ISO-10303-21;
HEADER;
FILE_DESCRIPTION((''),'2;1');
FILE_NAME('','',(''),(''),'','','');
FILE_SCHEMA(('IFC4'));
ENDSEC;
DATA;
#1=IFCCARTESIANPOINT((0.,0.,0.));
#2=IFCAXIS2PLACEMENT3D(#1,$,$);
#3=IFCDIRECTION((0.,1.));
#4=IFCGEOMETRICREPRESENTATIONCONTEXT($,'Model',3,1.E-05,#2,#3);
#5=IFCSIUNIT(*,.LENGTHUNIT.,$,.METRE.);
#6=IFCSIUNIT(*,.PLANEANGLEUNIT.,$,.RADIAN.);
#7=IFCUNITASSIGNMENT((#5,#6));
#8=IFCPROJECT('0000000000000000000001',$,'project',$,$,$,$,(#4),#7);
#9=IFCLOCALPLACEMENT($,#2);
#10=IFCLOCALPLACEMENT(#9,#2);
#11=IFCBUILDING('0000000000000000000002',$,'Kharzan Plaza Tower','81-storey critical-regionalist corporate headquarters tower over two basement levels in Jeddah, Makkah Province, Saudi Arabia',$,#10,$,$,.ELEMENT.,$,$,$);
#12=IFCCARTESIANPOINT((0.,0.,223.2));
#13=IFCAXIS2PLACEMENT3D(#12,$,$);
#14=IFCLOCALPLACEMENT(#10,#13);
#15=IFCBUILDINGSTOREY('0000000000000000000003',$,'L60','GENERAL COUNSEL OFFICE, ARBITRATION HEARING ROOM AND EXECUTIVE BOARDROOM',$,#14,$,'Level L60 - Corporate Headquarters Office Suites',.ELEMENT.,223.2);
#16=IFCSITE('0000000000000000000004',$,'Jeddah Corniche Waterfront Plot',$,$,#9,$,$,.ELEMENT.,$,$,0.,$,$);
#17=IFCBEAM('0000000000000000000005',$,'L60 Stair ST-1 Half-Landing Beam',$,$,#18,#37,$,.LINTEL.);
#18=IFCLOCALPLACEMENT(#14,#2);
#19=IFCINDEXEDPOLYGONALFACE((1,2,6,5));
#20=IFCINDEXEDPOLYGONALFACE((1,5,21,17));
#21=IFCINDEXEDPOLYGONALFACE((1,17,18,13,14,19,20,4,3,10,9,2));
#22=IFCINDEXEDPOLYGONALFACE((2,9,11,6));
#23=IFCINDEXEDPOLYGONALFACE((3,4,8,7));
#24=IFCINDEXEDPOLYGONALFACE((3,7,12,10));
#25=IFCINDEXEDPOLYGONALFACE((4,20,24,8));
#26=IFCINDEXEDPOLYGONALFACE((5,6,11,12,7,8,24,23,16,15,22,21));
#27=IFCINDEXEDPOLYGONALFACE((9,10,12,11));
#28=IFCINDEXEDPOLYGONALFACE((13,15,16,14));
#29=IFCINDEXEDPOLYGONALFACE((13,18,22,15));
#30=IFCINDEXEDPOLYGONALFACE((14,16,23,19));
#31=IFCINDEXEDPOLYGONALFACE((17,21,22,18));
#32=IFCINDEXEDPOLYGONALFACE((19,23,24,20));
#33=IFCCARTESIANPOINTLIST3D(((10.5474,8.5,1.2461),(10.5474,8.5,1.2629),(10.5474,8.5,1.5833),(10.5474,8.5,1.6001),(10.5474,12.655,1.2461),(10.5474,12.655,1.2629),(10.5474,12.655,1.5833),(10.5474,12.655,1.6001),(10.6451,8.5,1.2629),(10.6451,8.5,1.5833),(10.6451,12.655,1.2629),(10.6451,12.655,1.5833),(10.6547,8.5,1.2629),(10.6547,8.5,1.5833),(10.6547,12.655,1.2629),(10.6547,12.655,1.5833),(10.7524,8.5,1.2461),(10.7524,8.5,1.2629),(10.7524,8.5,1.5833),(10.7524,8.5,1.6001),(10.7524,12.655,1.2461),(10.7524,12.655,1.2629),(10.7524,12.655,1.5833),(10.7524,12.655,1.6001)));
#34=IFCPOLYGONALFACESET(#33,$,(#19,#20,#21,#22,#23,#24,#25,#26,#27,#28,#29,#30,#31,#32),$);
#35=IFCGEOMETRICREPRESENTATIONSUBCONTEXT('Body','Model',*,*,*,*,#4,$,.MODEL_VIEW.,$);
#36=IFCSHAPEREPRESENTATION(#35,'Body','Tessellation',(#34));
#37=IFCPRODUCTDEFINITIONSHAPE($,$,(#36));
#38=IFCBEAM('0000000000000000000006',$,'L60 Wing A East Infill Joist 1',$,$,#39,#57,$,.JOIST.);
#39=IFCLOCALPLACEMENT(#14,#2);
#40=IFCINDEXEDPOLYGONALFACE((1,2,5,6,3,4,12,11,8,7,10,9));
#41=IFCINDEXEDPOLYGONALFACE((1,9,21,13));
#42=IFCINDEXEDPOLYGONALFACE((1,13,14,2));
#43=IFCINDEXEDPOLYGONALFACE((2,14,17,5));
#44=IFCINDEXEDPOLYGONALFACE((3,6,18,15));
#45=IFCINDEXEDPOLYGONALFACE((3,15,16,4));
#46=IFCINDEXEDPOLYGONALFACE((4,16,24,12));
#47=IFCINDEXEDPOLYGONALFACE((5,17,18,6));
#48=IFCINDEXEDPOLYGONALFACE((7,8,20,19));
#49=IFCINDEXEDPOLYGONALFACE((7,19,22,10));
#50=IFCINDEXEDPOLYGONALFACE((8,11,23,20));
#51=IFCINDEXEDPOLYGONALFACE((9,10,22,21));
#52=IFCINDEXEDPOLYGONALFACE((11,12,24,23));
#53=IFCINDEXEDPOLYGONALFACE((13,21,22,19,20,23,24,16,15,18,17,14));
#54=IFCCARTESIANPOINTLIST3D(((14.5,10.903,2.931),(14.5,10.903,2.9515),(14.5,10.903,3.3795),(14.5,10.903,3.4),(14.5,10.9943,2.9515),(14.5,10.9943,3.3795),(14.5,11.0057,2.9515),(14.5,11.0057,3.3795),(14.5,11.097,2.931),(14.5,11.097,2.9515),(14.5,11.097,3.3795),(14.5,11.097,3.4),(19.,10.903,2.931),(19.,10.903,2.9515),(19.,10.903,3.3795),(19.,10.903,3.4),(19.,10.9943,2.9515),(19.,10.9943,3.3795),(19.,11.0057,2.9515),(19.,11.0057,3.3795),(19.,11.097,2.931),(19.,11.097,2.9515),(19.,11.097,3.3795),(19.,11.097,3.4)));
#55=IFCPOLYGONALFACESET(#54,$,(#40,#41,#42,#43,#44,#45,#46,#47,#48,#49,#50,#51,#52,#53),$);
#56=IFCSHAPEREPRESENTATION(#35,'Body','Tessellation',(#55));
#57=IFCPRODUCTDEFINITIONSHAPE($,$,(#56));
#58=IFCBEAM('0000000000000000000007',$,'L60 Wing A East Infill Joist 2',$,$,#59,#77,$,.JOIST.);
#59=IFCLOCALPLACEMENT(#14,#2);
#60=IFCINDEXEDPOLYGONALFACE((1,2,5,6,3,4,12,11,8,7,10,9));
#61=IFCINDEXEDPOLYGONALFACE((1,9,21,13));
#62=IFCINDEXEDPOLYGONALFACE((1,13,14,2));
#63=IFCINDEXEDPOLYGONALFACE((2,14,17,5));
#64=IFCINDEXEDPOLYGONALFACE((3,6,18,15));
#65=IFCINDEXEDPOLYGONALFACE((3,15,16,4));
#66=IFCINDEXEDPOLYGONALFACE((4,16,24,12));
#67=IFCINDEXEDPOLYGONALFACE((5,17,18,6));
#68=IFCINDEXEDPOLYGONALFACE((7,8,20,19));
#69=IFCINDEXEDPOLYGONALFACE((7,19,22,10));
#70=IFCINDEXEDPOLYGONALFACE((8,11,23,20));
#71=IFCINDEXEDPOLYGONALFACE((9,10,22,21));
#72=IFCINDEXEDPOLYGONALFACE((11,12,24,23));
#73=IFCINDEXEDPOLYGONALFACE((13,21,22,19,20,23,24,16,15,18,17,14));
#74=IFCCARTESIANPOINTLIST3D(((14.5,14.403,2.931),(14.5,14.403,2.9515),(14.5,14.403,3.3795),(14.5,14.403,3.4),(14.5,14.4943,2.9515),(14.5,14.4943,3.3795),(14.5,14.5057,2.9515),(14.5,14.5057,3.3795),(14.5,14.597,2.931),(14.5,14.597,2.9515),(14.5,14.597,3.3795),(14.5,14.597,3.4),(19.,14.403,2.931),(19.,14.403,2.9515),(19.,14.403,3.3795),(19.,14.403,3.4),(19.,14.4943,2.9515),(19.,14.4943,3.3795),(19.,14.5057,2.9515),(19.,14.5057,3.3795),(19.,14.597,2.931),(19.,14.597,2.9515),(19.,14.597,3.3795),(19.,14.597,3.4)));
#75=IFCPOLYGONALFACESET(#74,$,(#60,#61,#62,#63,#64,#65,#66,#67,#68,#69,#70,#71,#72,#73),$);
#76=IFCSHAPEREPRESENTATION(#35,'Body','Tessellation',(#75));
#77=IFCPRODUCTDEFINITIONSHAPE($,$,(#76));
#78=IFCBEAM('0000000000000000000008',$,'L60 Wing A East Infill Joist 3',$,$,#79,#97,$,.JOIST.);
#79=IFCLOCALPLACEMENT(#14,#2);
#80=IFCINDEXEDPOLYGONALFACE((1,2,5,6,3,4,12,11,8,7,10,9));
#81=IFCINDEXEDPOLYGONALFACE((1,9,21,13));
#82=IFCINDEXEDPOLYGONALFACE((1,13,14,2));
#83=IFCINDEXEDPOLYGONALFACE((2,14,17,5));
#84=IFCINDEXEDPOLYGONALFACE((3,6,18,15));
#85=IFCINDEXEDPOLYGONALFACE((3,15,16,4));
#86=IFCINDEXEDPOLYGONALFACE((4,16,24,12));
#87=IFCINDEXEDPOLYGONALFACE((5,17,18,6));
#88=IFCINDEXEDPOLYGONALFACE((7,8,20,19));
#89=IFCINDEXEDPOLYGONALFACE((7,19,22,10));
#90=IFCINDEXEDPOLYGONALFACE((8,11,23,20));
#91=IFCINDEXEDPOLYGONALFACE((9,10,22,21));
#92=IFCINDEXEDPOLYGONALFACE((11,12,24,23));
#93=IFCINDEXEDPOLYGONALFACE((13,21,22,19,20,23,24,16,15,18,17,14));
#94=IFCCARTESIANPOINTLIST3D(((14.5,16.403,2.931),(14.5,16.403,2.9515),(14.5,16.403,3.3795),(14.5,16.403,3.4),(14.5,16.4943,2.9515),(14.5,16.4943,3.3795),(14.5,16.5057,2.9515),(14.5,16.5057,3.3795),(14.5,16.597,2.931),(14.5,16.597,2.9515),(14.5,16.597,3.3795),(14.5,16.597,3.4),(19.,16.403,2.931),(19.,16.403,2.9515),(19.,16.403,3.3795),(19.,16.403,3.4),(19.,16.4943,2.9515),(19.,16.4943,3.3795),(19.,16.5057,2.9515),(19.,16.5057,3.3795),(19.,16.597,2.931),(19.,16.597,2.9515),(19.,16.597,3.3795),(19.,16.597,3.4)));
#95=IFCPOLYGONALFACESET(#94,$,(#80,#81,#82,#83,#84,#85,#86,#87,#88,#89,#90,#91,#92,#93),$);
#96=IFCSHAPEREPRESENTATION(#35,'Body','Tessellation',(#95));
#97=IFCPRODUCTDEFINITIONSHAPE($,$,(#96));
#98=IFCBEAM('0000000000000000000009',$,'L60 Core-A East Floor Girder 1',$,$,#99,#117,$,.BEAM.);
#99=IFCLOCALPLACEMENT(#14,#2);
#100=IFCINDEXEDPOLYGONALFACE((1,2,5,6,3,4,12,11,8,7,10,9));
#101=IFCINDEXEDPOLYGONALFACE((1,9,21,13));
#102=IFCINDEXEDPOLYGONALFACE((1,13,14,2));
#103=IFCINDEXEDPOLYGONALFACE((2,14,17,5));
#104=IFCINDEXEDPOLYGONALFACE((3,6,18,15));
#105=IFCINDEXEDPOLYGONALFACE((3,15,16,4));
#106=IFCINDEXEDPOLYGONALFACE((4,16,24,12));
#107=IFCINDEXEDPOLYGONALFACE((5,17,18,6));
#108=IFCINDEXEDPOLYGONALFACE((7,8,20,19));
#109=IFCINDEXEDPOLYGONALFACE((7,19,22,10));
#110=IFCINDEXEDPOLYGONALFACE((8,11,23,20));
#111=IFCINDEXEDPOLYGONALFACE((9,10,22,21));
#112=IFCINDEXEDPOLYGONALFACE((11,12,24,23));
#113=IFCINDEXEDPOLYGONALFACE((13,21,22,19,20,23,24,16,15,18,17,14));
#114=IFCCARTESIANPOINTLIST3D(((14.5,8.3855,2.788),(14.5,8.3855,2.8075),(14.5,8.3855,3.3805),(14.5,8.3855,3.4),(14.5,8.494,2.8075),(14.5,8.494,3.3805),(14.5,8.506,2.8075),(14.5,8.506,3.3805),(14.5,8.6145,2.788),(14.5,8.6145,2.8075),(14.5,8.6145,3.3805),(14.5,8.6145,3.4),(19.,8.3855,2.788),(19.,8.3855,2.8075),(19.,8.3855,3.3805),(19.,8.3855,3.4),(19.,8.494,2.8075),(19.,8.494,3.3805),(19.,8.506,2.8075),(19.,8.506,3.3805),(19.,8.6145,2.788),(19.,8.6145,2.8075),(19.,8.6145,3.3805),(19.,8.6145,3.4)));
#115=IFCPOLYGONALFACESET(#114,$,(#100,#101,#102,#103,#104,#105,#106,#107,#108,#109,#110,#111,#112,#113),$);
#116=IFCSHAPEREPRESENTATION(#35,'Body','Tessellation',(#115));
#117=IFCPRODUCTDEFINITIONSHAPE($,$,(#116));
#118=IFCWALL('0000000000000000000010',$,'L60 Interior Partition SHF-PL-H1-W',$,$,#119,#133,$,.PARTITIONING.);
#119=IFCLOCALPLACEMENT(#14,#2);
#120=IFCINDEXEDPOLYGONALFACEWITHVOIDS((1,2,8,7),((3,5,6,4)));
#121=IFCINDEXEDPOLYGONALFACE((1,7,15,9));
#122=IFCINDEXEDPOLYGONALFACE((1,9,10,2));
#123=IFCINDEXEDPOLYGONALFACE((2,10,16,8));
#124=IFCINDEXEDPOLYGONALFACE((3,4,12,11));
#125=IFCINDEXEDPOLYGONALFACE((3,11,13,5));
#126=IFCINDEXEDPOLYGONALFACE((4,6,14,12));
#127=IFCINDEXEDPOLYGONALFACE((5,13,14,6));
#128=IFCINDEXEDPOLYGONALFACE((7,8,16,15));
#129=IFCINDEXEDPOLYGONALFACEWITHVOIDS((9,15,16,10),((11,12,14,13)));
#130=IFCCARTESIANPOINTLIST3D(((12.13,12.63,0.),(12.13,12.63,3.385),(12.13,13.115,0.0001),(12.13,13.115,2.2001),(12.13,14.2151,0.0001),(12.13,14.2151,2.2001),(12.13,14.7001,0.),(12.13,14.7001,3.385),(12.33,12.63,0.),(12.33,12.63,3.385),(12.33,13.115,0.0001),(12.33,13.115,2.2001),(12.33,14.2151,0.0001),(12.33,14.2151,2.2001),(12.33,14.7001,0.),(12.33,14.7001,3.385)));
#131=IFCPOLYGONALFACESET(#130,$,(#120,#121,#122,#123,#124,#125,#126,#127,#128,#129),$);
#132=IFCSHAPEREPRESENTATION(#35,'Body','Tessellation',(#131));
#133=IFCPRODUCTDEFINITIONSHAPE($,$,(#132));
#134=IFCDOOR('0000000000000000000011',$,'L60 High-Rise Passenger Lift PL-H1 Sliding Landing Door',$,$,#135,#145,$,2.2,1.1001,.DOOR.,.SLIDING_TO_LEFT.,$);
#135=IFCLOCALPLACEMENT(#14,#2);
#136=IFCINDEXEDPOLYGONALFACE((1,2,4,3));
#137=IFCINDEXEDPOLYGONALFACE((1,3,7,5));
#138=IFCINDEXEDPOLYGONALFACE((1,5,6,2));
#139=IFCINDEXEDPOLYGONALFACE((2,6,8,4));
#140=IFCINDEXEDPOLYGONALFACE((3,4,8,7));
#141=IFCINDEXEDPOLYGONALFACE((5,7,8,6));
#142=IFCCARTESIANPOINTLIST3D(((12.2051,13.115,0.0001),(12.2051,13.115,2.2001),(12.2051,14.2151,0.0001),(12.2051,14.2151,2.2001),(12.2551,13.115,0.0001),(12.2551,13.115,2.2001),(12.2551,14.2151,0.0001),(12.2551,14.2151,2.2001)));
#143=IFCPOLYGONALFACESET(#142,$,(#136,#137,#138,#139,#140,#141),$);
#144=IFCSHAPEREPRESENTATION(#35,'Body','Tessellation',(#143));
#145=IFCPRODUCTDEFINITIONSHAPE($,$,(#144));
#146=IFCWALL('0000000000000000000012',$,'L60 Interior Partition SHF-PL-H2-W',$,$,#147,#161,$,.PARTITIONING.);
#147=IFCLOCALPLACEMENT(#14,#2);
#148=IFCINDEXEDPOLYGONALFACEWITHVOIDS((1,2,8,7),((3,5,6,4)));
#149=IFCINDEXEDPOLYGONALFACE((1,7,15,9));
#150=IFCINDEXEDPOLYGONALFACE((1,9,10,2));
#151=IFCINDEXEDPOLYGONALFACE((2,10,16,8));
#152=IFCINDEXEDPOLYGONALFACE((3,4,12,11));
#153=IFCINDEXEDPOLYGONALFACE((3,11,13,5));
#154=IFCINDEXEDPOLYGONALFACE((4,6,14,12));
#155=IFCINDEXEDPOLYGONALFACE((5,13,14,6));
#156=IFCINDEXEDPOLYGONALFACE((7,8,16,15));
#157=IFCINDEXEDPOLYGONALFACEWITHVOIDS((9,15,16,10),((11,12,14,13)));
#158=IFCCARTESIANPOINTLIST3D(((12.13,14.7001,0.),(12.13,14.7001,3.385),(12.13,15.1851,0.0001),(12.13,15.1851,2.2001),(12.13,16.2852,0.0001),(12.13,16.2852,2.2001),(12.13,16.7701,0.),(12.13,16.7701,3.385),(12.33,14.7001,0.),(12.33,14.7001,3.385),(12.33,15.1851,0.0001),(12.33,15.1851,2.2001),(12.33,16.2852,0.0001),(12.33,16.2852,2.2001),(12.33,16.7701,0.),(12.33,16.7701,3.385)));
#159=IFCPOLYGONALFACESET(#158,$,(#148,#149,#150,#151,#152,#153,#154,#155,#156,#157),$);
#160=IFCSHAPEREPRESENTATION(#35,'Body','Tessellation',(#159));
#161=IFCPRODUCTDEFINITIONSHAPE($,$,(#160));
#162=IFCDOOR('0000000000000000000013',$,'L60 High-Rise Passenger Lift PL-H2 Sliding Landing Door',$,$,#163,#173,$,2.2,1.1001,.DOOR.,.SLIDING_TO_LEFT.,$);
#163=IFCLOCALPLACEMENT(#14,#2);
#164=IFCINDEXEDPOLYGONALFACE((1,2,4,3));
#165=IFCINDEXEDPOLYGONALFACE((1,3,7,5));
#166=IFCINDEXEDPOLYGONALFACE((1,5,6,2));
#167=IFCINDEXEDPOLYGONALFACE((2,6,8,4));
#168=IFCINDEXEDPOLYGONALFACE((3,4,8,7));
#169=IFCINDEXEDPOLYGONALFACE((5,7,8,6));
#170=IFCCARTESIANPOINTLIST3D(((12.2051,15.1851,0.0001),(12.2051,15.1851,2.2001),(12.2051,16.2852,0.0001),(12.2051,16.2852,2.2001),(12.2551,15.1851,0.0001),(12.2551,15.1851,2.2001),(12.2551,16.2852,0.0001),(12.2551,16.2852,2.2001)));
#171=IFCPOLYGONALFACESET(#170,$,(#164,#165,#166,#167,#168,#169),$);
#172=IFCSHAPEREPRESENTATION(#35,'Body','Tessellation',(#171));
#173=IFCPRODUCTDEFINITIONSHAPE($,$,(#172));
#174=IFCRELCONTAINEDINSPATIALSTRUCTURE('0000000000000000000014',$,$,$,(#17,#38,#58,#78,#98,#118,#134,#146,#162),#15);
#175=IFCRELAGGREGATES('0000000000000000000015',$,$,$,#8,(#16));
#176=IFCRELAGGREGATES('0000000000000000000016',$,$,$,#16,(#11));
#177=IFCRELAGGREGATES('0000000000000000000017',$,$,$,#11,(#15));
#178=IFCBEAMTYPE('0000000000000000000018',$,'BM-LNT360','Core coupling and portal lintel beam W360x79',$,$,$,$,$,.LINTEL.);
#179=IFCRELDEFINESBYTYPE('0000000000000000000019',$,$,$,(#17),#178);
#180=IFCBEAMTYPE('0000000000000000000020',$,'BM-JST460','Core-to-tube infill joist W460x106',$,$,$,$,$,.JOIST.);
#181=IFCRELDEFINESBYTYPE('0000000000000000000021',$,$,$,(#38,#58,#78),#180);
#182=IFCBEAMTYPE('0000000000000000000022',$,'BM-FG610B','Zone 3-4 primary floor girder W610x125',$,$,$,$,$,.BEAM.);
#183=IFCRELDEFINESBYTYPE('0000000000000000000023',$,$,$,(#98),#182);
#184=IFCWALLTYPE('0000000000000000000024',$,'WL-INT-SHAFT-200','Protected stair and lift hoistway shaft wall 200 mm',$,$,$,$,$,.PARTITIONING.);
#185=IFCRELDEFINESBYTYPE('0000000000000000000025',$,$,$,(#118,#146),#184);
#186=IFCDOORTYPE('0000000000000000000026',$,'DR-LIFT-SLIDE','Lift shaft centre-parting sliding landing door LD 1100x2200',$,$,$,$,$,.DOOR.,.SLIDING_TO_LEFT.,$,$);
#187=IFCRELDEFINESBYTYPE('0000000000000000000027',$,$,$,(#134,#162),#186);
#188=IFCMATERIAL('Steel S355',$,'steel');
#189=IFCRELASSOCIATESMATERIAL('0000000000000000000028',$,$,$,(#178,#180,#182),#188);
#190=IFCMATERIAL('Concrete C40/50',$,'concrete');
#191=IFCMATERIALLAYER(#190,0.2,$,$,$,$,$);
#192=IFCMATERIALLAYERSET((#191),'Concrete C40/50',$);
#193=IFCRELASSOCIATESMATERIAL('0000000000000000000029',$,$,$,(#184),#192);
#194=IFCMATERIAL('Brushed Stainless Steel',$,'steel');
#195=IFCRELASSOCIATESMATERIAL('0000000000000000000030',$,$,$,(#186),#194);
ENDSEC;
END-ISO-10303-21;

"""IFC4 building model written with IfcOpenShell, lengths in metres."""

from ifc_helpers import new_model, si_unit, direction, frame, frame_2d, origin, origin_2d, place, context, subcontext, project, spatial, rectangle, i_section, extrude, source, transform, mapped, material, layer, layer_set, material_profile, profile_set, type_object, element, fill, save


model = new_model("IFC4")

# Units and contexts
model_context = context("Model", 3, precision=1e-05, world=origin(), true_north=direction((0.0, 1.0)))
body_context = subcontext(model_context, "Body", "Model", "MODEL_VIEW")
ifc_project = project(units=[si_unit("LENGTHUNIT", "METRE"), si_unit("PLANEANGLEUNIT", "RADIAN")], contexts=[model_context])

# Site, building, storey
site_placement = place(None, origin())
site = spatial("IfcSite", under=ifc_project, at=site_placement, Name="Jeddah Corniche Waterfront Plot", CompositionType="ELEMENT", RefElevation=0.0)
building_placement = place(site_placement, origin())
building = spatial("IfcBuilding", under=site, at=building_placement, Name="Kharzan Plaza Tower", Description="81-storey critical-regionalist corporate headquarters tower over two basement levels in Jeddah, Makkah Province, Saudi Arabia", CompositionType="ELEMENT")
storey_placement = place(building_placement, frame((0.0, 0.0, 223.2)))
storey = spatial("IfcBuildingStorey", under=building, at=storey_placement, Name="L60", Description="GENERAL COUNSEL OFFICE, ARBITRATION HEARING ROOM AND EXECUTIVE BOARDROOM", LongName="Level L60 - Corporate Headquarters Office Suites", CompositionType="ELEMENT", Elevation=223.2)

# Beams
ifc_material_1 = material(Name="Steel S355", Category="steel")
ifc_material_profile_1 = material_profile(ifc_material_1, i_section(OverallWidth=0.2051, OverallDepth=0.354, WebThickness=0.0095, FlangeThickness=0.0168, at=origin_2d()), Name="W360x79")
ifc_profile_set_1 = profile_set([ifc_material_profile_1], Name="Steel S355")
beam_type_1 = type_object("IfcBeamType", Name="BM-LNT360", Description="Core coupling and portal lintel beam W360x79", PredefinedType="LINTEL", material=ifc_profile_set_1)
shared_shape_1 = source(origin(), body_context, "Body", "SweptSolid", [
    extrude(i_section(OverallWidth=0.2051, OverallDepth=0.354, WebThickness=0.0095, FlangeThickness=0.0168, at=origin_2d()), origin(), (0.0, 0.0, 1.0), 4.155),
])
beam_1_placement = place(storey_placement, frame((10.6499, 8.5, 1.4231), z_axis=(0.0, 1.0, 0.0), x_axis=(-1.0, 0.0, 0.0)))
element("IfcBeam", 1, at=beam_1_placement, inside=storey, type_object=beam_type_1, Name="L60 Stair ST-1 Half-Landing Beam", PredefinedType="LINTEL", context=body_context, shape_type="MappedRepresentation", body=[
    mapped(shared_shape_1, transform((0.0, 0.0, 0.0), x_axis=(1.0, 0.0, 0.0), y_axis=(0.0, 1.0, 0.0), z_axis=(0.0, 0.0, 1.0))),
])
ifc_material_profile_2 = material_profile(ifc_material_1, i_section(OverallWidth=0.1941, OverallDepth=0.469, WebThickness=0.0115, FlangeThickness=0.0205, at=origin_2d()), Name="W460x106")
ifc_profile_set_2 = profile_set([ifc_material_profile_2], Name="Steel S355")
beam_type_2 = type_object("IfcBeamType", Name="BM-JST460", Description="Core-to-tube infill joist W460x106", PredefinedType="JOIST", material=ifc_profile_set_2)
shared_shape_2 = source(origin(), body_context, "Body", "SweptSolid", [
    extrude(i_section(OverallWidth=0.1941, OverallDepth=0.469, WebThickness=0.0115, FlangeThickness=0.0205, at=origin_2d()), origin(), (0.0, 0.0, 1.0), 4.5),
])
for number, where, z_axis, x_axis, name in (
    (2, (14.5, 11.0, 3.1655), (1.0, 0.0, 0.0), (0.0, 1.0, 0.0), "L60 Wing A East Infill Joist 1"),
    (3, (14.5, 14.5, 3.1655), (1.0, 0.0, 0.0), (0.0, 1.0, 0.0), "L60 Wing A East Infill Joist 2"),
    (4, (14.5, 16.5, 3.1655), (1.0, 0.0, 0.0), (0.0, 1.0, 0.0), "L60 Wing A East Infill Joist 3"),
):
    element("IfcBeam", number, at=place(storey_placement, frame(where, z_axis=z_axis, x_axis=x_axis)), inside=storey, type_object=beam_type_2, Name=name, PredefinedType="JOIST", context=body_context, shape_type="MappedRepresentation", body=[
        mapped(shared_shape_2, transform((0.0, 0.0, 0.0), x_axis=(1.0, 0.0, 0.0), y_axis=(0.0, 1.0, 0.0), z_axis=(0.0, 0.0, 1.0))),
    ])
ifc_material_profile_3 = material_profile(ifc_material_1, i_section(OverallWidth=0.229, OverallDepth=0.6121, WebThickness=0.012, FlangeThickness=0.0195, at=origin_2d()), Name="W610x125")
ifc_profile_set_3 = profile_set([ifc_material_profile_3], Name="Steel S355")
beam_type_3 = type_object("IfcBeamType", Name="BM-FG610B", Description="Zone 3-4 primary floor girder W610x125", PredefinedType="BEAM", material=ifc_profile_set_3)
shared_shape_3 = source(origin(), body_context, "Body", "SweptSolid", [
    extrude(i_section(OverallWidth=0.229, OverallDepth=0.6121, WebThickness=0.012, FlangeThickness=0.0195, at=origin_2d()), origin(), (0.0, 0.0, 1.0), 4.5),
])
beam_2_placement = place(storey_placement, frame((14.5, 8.5, 3.094), z_axis=(1.0, 0.0, 0.0), x_axis=(0.0, 1.0, 0.0)))
element("IfcBeam", 5, at=beam_2_placement, inside=storey, type_object=beam_type_3, Name="L60 Core-A East Floor Girder 1", PredefinedType="BEAM", context=body_context, shape_type="MappedRepresentation", body=[
    mapped(shared_shape_3, transform((0.0, 0.0, 0.0), x_axis=(1.0, 0.0, 0.0), y_axis=(0.0, 1.0, 0.0), z_axis=(0.0, 0.0, 1.0))),
])

# Walls, openings, doors
ifc_material_2 = material(Name="Concrete C40/50", Category="concrete")
ifc_layer_1 = layer(ifc_material_2, 0.2)
ifc_layer_set_1 = layer_set([ifc_layer_1], Name="Concrete C40/50")
wall_type_1 = type_object("IfcWallType", Name="WL-INT-SHAFT-200", Description="Protected stair and lift hoistway shaft wall 200 mm", PredefinedType="PARTITIONING", material=ifc_layer_set_1)
wall_1_placement = place(storey_placement, frame((12.23, 12.6299, 0.0), z_axis=(0.0, 0.0, 1.0), x_axis=(0.0, 1.0, 0.0)))
wall_1 = element("IfcWall", 6, at=wall_1_placement, inside=storey, type_object=wall_type_1, Name="L60 Interior Partition SHF-PL-H1-W", PredefinedType="PARTITIONING", context=body_context, shape_type="SweptSolid", body=[
    extrude(rectangle(XDim=2.0701, YDim=0.2, at=frame_2d((1.0352, 0.0))), origin(), (0.0, 0.0, 1.0), 3.385),
])
opening_1_placement = place(wall_1_placement, frame((0.4851, 0.0, 0.0)))
opening_1 = element("IfcOpeningElement", 7, at=opening_1_placement, cuts=wall_1, PredefinedType="OPENING", context=body_context, shape_type="SweptSolid", body=[
    extrude(rectangle(XDim=1.1001, YDim=2.2, at=frame_2d((0.55, 1.1001))), frame((0.0, 0.1099, 0.0), z_axis=(0.0, -1.0, 0.0), x_axis=(1.0, 0.0, 0.0)), (0.0, 0.0, 1.0), 0.22),
])
ifc_material_3 = material(Name="Brushed Stainless Steel", Category="steel")
door_type = type_object("IfcDoorType", Name="DR-LIFT-SLIDE", Description="Lift shaft centre-parting sliding landing door LD 1100x2200", OperationType="SLIDING_TO_LEFT", PredefinedType="DOOR", material=ifc_material_3)
shared_shape_4 = source(origin(), body_context, "Body", "SweptSolid", [
    extrude(rectangle(XDim=1.1001, YDim=2.2, at=frame_2d((0.55, 1.1001))), frame((0.0, 0.0249, 0.0), z_axis=(0.0, -1.0, 0.0), x_axis=(1.0, 0.0, 0.0)), (0.0, 0.0, 1.0), 0.05),
])
door_1_placement = place(opening_1_placement, origin())
door_1 = element("IfcDoor", 8, at=door_1_placement, inside=storey, type_object=door_type, Name="L60 High-Rise Passenger Lift PL-H1 Sliding Landing Door", OperationType="SLIDING_TO_LEFT", OverallHeight=2.2, OverallWidth=1.1001, PredefinedType="DOOR", context=body_context, shape_type="MappedRepresentation", body=[
    mapped(shared_shape_4, transform((0.0, 0.0, 0.0), x_axis=(1.0, 0.0, 0.0), y_axis=(0.0, 1.0, 0.0), z_axis=(0.0, 0.0, 1.0))),
])
fill(opening_1, door_1)
wall_2_placement = place(storey_placement, frame((12.23, 14.7, 0.0), z_axis=(0.0, 0.0, 1.0), x_axis=(0.0, 1.0, 0.0)))
wall_2 = element("IfcWall", 9, at=wall_2_placement, inside=storey, type_object=wall_type_1, Name="L60 Interior Partition SHF-PL-H2-W", PredefinedType="PARTITIONING", context=body_context, shape_type="SweptSolid", body=[
    extrude(rectangle(XDim=2.0701, YDim=0.2, at=frame_2d((1.0352, 0.0))), origin(), (0.0, 0.0, 1.0), 3.385),
])
opening_2_placement = place(wall_2_placement, frame((0.4851, 0.0, 0.0)))
opening_2 = element("IfcOpeningElement", 10, at=opening_2_placement, cuts=wall_2, PredefinedType="OPENING", context=body_context, shape_type="SweptSolid", body=[
    extrude(rectangle(XDim=1.1001, YDim=2.2, at=frame_2d((0.55, 1.1001))), frame((0.0, 0.1099, 0.0), z_axis=(0.0, -1.0, 0.0), x_axis=(1.0, 0.0, 0.0)), (0.0, 0.0, 1.0), 0.22),
])
door_2_placement = place(opening_2_placement, origin())
door_2 = element("IfcDoor", 11, at=door_2_placement, inside=storey, type_object=door_type, Name="L60 High-Rise Passenger Lift PL-H2 Sliding Landing Door", OperationType="SLIDING_TO_LEFT", OverallHeight=2.2, OverallWidth=1.1001, PredefinedType="DOOR", context=body_context, shape_type="MappedRepresentation", body=[
    mapped(shared_shape_4, transform((0.0, 0.0, 0.0), x_axis=(1.0, 0.0, 0.0), y_axis=(0.0, 1.0, 0.0), z_axis=(0.0, 0.0, 1.0))),
])
fill(opening_2, door_2)

save(model, "model.ifc")
